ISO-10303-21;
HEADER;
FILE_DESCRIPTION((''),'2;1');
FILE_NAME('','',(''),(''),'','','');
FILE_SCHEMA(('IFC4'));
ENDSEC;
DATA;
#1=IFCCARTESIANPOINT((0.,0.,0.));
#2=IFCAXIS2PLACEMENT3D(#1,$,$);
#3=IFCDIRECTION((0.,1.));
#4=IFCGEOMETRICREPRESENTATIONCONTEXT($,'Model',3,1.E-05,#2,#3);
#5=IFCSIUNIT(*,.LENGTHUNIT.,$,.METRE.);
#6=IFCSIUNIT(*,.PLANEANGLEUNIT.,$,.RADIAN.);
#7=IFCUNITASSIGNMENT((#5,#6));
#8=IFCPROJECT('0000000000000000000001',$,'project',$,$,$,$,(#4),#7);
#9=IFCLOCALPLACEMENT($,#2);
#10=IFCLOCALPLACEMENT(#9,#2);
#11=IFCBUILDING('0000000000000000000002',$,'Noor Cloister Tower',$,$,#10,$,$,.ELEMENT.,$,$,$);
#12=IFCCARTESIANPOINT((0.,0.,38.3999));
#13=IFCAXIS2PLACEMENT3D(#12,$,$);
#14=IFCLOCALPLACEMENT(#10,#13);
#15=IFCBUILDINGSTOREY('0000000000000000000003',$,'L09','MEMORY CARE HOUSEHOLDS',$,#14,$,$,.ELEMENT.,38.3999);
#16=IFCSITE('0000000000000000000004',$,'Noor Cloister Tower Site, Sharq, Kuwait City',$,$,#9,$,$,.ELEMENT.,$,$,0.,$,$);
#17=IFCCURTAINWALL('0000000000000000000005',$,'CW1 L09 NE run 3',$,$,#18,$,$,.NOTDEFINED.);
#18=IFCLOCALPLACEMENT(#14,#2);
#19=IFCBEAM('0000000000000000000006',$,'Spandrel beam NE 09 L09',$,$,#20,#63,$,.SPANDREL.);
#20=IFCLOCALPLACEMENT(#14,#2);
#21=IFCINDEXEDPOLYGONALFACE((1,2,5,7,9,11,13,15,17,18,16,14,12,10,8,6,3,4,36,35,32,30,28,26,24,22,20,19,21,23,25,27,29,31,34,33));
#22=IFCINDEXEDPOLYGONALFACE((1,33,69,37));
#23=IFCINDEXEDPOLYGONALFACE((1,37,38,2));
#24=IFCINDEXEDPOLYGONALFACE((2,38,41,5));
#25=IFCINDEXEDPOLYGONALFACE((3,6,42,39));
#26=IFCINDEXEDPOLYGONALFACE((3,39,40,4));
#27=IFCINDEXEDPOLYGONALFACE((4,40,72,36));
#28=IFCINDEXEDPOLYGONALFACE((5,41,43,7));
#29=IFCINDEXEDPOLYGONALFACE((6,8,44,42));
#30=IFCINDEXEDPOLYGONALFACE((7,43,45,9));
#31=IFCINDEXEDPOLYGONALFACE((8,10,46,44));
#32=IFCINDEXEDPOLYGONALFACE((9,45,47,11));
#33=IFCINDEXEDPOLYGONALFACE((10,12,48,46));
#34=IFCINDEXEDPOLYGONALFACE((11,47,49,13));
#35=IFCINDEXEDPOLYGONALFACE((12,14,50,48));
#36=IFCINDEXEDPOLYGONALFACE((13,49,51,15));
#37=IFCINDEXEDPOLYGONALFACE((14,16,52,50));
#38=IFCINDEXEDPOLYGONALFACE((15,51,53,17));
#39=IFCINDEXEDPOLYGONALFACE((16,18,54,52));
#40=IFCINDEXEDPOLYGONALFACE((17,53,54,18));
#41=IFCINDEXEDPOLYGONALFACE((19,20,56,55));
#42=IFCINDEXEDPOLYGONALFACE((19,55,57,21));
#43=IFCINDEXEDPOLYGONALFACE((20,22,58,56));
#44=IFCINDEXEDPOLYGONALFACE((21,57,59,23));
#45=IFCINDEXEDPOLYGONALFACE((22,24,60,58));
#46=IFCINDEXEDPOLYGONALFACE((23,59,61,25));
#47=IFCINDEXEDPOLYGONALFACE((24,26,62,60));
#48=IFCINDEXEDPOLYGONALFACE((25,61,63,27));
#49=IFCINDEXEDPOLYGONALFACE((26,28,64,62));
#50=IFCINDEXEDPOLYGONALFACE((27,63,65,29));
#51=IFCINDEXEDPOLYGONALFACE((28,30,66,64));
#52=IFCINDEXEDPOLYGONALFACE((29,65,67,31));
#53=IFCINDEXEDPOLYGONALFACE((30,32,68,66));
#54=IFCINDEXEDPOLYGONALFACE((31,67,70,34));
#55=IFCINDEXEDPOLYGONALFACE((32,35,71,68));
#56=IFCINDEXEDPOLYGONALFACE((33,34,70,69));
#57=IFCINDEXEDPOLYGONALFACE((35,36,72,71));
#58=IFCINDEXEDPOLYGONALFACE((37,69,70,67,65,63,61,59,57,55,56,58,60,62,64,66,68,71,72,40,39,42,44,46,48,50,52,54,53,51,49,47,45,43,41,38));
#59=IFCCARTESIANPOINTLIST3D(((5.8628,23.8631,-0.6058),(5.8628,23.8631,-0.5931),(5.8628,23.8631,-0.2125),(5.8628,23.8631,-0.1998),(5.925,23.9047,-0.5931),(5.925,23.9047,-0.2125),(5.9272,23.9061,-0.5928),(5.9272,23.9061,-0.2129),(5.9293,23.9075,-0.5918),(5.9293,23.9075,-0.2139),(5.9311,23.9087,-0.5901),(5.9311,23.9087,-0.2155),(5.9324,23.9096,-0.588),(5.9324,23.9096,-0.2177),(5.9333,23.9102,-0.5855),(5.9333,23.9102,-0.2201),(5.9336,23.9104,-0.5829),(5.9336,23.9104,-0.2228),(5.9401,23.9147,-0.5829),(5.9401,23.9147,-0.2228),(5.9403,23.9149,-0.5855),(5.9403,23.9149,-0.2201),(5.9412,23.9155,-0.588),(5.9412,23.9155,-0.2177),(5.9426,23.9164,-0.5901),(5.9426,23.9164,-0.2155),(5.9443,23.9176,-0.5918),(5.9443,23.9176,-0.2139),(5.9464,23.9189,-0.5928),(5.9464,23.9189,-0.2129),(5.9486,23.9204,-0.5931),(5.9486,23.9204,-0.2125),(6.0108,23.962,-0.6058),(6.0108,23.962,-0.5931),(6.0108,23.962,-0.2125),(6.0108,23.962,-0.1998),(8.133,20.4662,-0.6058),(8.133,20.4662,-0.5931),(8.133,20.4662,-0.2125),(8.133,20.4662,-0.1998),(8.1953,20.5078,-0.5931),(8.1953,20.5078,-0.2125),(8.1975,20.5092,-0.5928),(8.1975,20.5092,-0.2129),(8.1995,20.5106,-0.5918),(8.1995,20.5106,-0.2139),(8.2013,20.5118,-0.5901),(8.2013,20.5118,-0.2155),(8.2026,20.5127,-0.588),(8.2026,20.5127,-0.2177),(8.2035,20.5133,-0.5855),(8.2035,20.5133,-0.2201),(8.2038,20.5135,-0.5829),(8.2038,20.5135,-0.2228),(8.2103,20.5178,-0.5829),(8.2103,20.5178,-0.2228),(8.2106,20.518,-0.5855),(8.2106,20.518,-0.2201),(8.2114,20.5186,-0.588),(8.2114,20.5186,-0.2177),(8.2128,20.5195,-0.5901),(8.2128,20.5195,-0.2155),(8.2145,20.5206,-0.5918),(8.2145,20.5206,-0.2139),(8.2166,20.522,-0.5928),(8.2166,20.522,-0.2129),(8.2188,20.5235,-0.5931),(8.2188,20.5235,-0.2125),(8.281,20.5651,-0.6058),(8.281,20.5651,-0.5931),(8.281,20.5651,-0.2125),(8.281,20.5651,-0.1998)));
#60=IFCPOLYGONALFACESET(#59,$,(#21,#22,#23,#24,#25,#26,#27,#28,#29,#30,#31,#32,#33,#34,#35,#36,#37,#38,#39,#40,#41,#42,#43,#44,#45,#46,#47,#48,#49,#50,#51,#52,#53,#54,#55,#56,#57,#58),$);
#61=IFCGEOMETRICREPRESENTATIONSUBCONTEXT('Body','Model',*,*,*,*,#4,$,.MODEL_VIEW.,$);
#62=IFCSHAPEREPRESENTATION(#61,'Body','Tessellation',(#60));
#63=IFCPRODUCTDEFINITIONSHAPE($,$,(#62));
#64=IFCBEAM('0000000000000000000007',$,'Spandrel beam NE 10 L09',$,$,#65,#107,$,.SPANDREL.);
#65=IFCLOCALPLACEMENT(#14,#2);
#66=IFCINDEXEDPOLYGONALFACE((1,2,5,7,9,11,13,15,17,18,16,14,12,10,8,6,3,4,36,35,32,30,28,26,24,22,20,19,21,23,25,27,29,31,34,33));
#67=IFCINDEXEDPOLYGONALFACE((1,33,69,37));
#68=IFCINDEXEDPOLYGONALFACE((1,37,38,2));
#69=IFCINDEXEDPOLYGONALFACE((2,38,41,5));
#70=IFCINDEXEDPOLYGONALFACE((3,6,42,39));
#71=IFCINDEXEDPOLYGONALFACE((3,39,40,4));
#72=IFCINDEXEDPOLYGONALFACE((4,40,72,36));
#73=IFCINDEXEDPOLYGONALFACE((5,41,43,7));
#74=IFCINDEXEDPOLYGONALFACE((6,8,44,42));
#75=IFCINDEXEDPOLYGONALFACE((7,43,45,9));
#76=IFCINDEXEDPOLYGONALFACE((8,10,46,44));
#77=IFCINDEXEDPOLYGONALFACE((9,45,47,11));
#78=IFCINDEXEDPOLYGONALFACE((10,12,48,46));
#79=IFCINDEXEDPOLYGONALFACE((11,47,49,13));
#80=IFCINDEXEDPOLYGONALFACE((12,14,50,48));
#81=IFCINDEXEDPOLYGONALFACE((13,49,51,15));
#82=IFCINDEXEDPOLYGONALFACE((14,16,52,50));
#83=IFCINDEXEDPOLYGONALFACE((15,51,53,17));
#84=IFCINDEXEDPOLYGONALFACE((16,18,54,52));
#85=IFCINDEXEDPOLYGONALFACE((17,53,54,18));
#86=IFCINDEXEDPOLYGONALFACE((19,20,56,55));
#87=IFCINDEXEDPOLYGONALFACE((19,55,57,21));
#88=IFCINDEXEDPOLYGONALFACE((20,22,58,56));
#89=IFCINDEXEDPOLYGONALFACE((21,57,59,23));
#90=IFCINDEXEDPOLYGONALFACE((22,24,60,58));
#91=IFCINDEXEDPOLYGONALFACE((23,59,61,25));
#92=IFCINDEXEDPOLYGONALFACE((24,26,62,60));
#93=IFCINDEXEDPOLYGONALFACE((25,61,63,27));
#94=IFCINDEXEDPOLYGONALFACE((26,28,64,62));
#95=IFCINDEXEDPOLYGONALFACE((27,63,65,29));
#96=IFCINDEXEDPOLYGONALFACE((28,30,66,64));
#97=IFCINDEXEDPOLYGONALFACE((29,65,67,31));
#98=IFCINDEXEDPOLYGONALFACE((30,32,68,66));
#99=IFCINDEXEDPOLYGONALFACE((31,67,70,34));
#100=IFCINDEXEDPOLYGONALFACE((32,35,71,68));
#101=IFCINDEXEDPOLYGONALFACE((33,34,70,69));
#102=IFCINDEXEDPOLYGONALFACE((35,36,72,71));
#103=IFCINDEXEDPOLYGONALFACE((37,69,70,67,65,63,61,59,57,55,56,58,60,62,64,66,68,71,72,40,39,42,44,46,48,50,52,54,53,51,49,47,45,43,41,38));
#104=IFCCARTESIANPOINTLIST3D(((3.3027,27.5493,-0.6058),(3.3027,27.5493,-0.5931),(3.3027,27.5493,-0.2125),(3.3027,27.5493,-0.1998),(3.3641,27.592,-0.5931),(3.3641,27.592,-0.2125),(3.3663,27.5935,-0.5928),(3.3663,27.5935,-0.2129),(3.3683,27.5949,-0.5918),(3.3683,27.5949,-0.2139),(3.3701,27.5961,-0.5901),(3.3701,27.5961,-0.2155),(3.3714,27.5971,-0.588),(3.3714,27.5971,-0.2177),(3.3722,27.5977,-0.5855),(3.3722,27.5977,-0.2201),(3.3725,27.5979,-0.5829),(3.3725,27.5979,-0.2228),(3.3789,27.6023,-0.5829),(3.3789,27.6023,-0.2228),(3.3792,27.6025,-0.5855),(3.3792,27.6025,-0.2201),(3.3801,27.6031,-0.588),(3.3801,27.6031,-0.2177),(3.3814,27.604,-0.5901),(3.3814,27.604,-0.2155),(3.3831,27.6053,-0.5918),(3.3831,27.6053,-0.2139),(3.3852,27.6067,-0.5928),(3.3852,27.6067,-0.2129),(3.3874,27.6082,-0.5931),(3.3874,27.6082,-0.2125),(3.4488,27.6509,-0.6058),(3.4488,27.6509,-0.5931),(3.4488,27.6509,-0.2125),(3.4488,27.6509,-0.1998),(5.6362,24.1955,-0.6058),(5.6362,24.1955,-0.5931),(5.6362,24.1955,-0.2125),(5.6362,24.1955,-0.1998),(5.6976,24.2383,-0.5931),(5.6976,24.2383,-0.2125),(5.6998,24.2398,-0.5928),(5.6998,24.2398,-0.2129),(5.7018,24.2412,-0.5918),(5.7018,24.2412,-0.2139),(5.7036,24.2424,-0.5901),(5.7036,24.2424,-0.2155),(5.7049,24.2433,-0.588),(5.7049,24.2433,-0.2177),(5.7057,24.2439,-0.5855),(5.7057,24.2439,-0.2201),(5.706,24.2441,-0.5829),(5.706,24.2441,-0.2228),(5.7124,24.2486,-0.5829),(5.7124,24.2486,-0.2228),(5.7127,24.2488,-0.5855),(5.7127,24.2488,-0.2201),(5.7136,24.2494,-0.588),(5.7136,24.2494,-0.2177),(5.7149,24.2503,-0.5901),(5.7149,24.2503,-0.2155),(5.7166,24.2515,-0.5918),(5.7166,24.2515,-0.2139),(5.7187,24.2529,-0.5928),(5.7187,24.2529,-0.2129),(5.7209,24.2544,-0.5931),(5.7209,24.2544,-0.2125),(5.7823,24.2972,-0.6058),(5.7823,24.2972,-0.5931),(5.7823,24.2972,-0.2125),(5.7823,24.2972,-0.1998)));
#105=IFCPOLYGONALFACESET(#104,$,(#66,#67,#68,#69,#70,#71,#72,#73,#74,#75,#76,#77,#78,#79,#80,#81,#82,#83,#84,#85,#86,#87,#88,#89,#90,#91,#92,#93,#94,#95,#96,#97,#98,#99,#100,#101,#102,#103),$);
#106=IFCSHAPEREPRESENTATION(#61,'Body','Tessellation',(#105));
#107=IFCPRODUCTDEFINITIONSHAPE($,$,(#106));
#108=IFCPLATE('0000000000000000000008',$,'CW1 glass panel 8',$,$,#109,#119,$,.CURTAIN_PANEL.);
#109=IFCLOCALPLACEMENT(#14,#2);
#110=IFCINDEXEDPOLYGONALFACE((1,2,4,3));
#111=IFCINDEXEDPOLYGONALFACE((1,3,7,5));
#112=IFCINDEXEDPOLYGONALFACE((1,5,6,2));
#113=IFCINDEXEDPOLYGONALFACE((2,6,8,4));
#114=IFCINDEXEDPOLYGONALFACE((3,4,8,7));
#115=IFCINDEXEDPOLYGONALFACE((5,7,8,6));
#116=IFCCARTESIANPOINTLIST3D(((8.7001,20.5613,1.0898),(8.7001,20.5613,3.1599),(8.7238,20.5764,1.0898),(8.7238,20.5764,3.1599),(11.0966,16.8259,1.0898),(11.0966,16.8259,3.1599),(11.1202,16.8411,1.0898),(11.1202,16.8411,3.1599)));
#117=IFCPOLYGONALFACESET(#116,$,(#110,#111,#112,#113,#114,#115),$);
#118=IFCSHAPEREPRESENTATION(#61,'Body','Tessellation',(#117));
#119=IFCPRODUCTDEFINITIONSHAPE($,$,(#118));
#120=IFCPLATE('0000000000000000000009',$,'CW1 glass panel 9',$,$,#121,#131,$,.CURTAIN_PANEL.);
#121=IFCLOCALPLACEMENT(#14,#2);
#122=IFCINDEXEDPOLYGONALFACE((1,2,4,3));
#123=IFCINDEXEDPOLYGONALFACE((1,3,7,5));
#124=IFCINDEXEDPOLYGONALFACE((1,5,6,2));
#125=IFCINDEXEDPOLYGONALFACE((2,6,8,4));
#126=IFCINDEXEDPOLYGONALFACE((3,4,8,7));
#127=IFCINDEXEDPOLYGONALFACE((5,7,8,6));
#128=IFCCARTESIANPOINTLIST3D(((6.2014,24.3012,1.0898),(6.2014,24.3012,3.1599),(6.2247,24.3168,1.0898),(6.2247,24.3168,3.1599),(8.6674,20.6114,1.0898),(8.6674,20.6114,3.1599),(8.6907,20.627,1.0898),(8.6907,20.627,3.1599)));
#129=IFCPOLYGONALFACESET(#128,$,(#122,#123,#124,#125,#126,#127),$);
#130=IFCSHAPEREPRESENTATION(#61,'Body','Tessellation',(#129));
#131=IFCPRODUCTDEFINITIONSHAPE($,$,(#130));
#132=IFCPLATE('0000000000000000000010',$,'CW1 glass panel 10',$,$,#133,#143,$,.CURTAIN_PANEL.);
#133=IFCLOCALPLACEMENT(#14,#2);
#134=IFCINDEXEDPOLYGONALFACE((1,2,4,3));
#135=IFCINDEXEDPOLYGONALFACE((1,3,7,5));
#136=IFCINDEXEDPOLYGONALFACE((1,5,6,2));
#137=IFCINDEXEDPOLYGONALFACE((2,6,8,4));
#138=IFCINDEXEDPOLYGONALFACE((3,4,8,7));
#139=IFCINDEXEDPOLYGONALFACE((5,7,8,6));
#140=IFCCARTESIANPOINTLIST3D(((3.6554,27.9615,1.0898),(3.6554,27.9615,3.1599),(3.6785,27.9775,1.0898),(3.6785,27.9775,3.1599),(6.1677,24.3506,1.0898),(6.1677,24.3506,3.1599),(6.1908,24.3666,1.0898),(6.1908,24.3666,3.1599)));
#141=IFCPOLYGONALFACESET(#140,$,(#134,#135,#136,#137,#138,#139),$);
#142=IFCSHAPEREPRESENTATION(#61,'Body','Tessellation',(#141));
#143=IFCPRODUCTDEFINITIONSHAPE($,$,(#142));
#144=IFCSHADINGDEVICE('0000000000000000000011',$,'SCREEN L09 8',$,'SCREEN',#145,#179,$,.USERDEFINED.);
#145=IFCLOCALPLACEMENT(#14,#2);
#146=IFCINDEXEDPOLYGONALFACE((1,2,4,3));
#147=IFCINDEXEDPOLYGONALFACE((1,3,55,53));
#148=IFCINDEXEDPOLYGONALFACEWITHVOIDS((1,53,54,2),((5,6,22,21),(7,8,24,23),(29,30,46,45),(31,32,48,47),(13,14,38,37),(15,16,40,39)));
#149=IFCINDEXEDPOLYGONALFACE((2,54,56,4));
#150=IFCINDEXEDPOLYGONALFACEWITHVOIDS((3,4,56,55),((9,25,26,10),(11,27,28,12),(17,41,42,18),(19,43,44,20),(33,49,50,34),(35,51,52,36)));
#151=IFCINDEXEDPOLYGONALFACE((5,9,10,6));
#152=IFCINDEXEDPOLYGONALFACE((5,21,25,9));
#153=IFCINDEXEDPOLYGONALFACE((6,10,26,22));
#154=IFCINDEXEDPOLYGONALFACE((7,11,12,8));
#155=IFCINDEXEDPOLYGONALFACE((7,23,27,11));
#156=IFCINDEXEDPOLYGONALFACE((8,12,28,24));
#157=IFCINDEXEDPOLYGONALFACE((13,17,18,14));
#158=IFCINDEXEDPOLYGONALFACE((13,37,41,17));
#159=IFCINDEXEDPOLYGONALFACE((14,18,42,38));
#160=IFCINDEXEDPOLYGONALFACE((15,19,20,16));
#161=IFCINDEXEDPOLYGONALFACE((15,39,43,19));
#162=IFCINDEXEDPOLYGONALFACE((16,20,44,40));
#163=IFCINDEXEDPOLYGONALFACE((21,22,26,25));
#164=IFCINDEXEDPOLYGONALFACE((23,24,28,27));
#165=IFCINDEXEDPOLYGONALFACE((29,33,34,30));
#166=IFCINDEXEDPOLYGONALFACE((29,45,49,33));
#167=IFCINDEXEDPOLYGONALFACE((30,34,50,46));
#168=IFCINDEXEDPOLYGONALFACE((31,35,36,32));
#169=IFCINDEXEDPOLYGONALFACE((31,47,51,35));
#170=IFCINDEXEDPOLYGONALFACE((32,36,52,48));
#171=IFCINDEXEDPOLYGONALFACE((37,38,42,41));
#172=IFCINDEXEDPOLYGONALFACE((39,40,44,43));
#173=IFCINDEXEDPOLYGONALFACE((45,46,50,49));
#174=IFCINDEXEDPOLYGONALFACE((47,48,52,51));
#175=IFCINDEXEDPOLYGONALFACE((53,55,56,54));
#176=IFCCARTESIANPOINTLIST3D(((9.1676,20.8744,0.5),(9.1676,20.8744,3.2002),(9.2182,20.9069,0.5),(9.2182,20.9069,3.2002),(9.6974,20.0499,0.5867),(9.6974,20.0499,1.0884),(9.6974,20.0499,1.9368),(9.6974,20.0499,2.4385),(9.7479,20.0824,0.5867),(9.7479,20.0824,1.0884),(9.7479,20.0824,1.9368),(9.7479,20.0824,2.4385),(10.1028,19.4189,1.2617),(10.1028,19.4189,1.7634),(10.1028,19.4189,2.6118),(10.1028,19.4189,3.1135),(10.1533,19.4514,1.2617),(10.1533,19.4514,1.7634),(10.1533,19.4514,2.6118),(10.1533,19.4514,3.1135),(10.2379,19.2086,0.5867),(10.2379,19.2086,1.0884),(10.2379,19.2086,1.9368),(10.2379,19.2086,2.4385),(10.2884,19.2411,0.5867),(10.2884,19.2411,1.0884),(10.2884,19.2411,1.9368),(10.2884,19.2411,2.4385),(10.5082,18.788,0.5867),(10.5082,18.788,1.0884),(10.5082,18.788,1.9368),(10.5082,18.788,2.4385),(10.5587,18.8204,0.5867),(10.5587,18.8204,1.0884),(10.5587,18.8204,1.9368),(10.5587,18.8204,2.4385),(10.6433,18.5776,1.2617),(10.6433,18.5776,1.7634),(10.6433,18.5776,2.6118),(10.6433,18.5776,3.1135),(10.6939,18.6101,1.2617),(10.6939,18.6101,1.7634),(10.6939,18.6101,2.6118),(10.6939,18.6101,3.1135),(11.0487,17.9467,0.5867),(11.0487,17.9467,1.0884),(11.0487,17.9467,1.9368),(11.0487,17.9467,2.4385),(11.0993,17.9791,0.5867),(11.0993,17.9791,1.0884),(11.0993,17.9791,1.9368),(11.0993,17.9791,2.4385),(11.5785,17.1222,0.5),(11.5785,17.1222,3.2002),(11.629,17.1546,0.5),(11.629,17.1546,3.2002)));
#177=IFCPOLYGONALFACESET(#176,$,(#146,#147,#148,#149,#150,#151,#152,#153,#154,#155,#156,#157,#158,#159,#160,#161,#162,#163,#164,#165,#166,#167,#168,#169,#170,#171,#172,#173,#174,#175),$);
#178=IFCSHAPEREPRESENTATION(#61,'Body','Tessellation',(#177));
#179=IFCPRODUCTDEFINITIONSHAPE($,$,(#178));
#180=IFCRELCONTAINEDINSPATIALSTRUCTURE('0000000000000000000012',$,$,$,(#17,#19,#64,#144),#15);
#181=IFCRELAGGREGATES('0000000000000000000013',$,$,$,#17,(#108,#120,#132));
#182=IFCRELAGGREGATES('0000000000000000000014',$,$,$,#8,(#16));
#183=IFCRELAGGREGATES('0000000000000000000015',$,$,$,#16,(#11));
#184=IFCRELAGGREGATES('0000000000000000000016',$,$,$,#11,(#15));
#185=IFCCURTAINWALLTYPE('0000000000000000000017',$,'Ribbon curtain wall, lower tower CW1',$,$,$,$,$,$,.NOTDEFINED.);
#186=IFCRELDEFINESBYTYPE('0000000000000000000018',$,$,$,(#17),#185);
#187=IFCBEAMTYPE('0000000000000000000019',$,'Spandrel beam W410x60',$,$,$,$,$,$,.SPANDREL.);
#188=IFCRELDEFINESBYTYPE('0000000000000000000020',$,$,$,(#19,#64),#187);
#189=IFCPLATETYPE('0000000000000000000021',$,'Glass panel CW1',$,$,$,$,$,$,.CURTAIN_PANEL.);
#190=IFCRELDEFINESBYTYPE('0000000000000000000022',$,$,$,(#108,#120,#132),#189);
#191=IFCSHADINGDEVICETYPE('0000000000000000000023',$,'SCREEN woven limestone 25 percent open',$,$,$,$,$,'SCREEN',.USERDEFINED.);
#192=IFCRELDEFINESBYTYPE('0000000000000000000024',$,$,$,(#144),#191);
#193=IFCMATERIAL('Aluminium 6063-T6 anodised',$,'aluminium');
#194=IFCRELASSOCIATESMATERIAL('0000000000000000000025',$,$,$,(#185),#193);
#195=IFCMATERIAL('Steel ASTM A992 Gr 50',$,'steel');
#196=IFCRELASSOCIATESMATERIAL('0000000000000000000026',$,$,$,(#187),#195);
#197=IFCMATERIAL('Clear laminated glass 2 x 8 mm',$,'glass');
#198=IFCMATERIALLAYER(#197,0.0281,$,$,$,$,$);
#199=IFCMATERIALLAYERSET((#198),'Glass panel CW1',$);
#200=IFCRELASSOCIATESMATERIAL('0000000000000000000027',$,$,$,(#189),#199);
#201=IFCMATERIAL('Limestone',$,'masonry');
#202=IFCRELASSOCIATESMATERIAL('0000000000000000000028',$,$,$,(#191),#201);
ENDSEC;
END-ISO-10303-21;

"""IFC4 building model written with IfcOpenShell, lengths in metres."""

from ifc_helpers import new_model, si_unit, direction, frame, origin, origin_2d, place, context, subcontext, project, spatial, polyline, rectangle, i_section, outline, extrude, material, layer, layer_set, material_profile, profile_set, type_object, element, aggregate, save


model = new_model("IFC4")

# Units and contexts
model_context = context("Model", 3, precision=1e-05, world=origin(), true_north=direction((0.0, 1.0)))
body_context = subcontext(model_context, "Body", "Model", "MODEL_VIEW")
ifc_project = project(units=[si_unit("LENGTHUNIT", "METRE"), si_unit("PLANEANGLEUNIT", "RADIAN")], contexts=[model_context])

# Site, building, storey
site_placement = place(None, origin())
site = spatial("IfcSite", under=ifc_project, at=site_placement, Name="Noor Cloister Tower Site, Sharq, Kuwait City", CompositionType="ELEMENT", RefElevation=0.0)
building_placement = place(site_placement, origin())
building = spatial("IfcBuilding", under=site, at=building_placement, Name="Noor Cloister Tower", CompositionType="ELEMENT")
storey_placement = place(building_placement, frame((0.0, 0.0, 38.3999)))
storey = spatial("IfcBuildingStorey", under=building, at=storey_placement, Name="L09", Description="MEMORY CARE HOUSEHOLDS", CompositionType="ELEMENT", Elevation=38.3999)

# Curtain wall
ifc_material_1 = material(Name="Aluminium 6063-T6 anodised", Category="aluminium")
curtain_wall_type = type_object("IfcCurtainWallType", Name="Ribbon curtain wall, lower tower CW1", PredefinedType="NOTDEFINED", material=ifc_material_1)
curtain_wall_placement = place(storey_placement, origin())
curtain_wall = element("IfcCurtainWall", 1, at=curtain_wall_placement, inside=storey, type_object=curtain_wall_type, Name="CW1 L09 NE run 3", PredefinedType="NOTDEFINED")

# Beams
ifc_material_2 = material(Name="Steel ASTM A992 Gr 50", Category="steel")
ifc_material_profile_1 = material_profile(ifc_material_2, i_section(OverallWidth=0.178, OverallDepth=0.406, WebThickness=0.0078, FlangeThickness=0.0127, FilletRadius=0.0103, at=origin_2d()), Name="W410x60")
ifc_profile_set_1 = profile_set([ifc_material_profile_1], Name="Steel ASTM A992 Gr 50")
beam_type_1 = type_object("IfcBeamType", Name="Spandrel beam W410x60", PredefinedType="SPANDREL", material=ifc_profile_set_1)
for number, where, z_axis, x_axis, name in (
    (2, (8.207, 20.5156, -0.4028), (-0.555651, 0.831415, 0.0), (-0.831415, -0.555651, 0.0), "Spandrel beam NE 09 L09"),
    (3, (5.7092, 24.2463, -0.4028), (-0.571138, 0.820854, 0.0), (-0.820854, -0.571138, 0.0), "Spandrel beam NE 10 L09"),
):
    element("IfcBeam", number, at=place(storey_placement, frame(where, z_axis=z_axis, x_axis=x_axis)), inside=storey, type_object=beam_type_1, Name=name, PredefinedType="SPANDREL", context=body_context, shape_type="SweptSolid", body=[
        extrude(i_section(OverallWidth=0.178, OverallDepth=0.406, WebThickness=0.0078, FlangeThickness=0.0127, FilletRadius=0.0103, at=origin_2d()), origin(), (0.0, 0.0, 1.0), 4.0857),
    ])

# Plates
ifc_material_3 = material(Name="Clear laminated glass 2 x 8 mm", Category="glass")
ifc_layer = layer(ifc_material_3, 0.0281)
ifc_layer_set = layer_set([ifc_layer], Name="Glass panel CW1")
plate_type = type_object("IfcPlateType", Name="Glass panel CW1", PredefinedType="CURTAIN_PANEL", material=ifc_layer_set)
plate_1_placement = place(storey_placement, frame((9.9102, 18.7012, 1.0898), z_axis=(0.0, 0.0, 1.0), x_axis=(-0.539983, 0.841676, 0.0)))
plate_1 = element("IfcPlate", 4, at=plate_1_placement, type_object=plate_type, Name="CW1 glass panel 8", PredefinedType="CURTAIN_PANEL", context=body_context, shape_type="SweptSolid", body=[
    extrude(rectangle(XDim=4.438, YDim=0.0281, at=origin_2d()), origin(), (0.0, 0.0, 1.0), 2.0701),
])
plate_2_placement = place(storey_placement, frame((7.446, 22.4641, 1.0898), z_axis=(0.0, 0.0, 1.0), x_axis=(-0.55565, 0.831416, 0.0)))
plate_2 = element("IfcPlate", 5, at=plate_2_placement, type_object=plate_type, Name="CW1 glass panel 9", PredefinedType="CURTAIN_PANEL", context=body_context, shape_type="SweptSolid", body=[
    extrude(rectangle(XDim=4.438, YDim=0.0281, at=origin_2d()), origin(), (0.0, 0.0, 1.0), 2.0701),
])
plate_3_placement = place(storey_placement, frame((4.9231, 26.1641, 1.0898), z_axis=(0.0, 0.0, 1.0), x_axis=(-0.571122, 0.820865, 0.0)))
plate_3 = element("IfcPlate", 6, at=plate_3_placement, type_object=plate_type, Name="CW1 glass panel 10", PredefinedType="CURTAIN_PANEL", context=body_context, shape_type="SweptSolid", body=[
    extrude(rectangle(XDim=4.3989, YDim=0.0281, at=origin_2d()), origin(), (0.0, 0.0, 1.0), 2.0701),
])
aggregate(curtain_wall, [plate_1, plate_2, plate_3])

# Shading device
ifc_material_4 = material(Name="Limestone", Category="masonry")
ifc_material_profile_2 = material_profile(ifc_material_4, outline(polyline([(-2.23, -1.3501), (2.23, -1.3501), (2.23, 1.3501), (-2.23, 1.3501), (-2.23, -1.3501)]), holes=[polyline([(-1.25, -1.2634), (-0.25, -1.2634), (-0.25, -0.7617), (-1.25, -0.7617), (-1.25, -1.2634)]), polyline([(0.25, -1.2634), (1.25, -1.2634), (1.25, -0.7617), (0.25, -0.7617), (0.25, -1.2634)]), polyline([(-0.5, -0.5884), (0.5, -0.5884), (0.5, -0.0867), (-0.5, -0.0867), (-0.5, -0.5884)]), polyline([(-1.25, 0.0867), (-0.25, 0.0867), (-0.25, 0.5884), (-1.25, 0.5884), (-1.25, 0.0867)]), polyline([(0.25, 0.0867), (1.25, 0.0867), (1.25, 0.5884), (0.25, 0.5884), (0.25, 0.0867)]), polyline([(-0.5, 0.7617), (0.5, 0.7617), (0.5, 1.2634), (-0.5, 1.2634), (-0.5, 0.7617)])]), Name="Woven screen 25 percent open")
ifc_profile_set_2 = profile_set([ifc_material_profile_2], Name="Limestone")
shading_device_type = type_object("IfcShadingDeviceType", Name="SCREEN woven limestone 25 percent open", ElementType="SCREEN", PredefinedType="USERDEFINED", material=ifc_profile_set_2)
shading_device_1_placement = place(storey_placement, frame((10.373, 18.9983, 1.8501), z_axis=(0.841311, 0.540552, 0.0), x_axis=(-0.540552, 0.841311, 0.0)))
element("IfcShadingDevice", 7, at=shading_device_1_placement, inside=storey, type_object=shading_device_type, Name="SCREEN L09 8", ObjectType="SCREEN", PredefinedType="USERDEFINED", context=body_context, shape_type="SweptSolid", body=[
    extrude(outline(polyline([(-2.23, -1.3501), (2.23, -1.3501), (2.23, 1.3501), (-2.23, 1.3501), (-2.23, -1.3501)]), holes=[polyline([(-1.25, -1.2634), (-0.25, -1.2634), (-0.25, -0.7617), (-1.25, -0.7617), (-1.25, -1.2634)]), polyline([(0.25, -1.2634), (1.25, -1.2634), (1.25, -0.7617), (0.25, -0.7617), (0.25, -1.2634)]), polyline([(-0.5, -0.5884), (0.5, -0.5884), (0.5, -0.0867), (-0.5, -0.0867), (-0.5, -0.5884)]), polyline([(-1.25, 0.0867), (-0.25, 0.0867), (-0.25, 0.5884), (-1.25, 0.5884), (-1.25, 0.0867)]), polyline([(0.25, 0.0867), (1.25, 0.0867), (1.25, 0.5884), (0.25, 0.5884), (0.25, 0.0867)]), polyline([(-0.5, 0.7617), (0.5, 0.7617), (0.5, 1.2634), (-0.5, 1.2634), (-0.5, 0.7617)])]), origin(), (0.0, 0.0, 1.0), 0.0601),
])

save(model, "model.ifc")
